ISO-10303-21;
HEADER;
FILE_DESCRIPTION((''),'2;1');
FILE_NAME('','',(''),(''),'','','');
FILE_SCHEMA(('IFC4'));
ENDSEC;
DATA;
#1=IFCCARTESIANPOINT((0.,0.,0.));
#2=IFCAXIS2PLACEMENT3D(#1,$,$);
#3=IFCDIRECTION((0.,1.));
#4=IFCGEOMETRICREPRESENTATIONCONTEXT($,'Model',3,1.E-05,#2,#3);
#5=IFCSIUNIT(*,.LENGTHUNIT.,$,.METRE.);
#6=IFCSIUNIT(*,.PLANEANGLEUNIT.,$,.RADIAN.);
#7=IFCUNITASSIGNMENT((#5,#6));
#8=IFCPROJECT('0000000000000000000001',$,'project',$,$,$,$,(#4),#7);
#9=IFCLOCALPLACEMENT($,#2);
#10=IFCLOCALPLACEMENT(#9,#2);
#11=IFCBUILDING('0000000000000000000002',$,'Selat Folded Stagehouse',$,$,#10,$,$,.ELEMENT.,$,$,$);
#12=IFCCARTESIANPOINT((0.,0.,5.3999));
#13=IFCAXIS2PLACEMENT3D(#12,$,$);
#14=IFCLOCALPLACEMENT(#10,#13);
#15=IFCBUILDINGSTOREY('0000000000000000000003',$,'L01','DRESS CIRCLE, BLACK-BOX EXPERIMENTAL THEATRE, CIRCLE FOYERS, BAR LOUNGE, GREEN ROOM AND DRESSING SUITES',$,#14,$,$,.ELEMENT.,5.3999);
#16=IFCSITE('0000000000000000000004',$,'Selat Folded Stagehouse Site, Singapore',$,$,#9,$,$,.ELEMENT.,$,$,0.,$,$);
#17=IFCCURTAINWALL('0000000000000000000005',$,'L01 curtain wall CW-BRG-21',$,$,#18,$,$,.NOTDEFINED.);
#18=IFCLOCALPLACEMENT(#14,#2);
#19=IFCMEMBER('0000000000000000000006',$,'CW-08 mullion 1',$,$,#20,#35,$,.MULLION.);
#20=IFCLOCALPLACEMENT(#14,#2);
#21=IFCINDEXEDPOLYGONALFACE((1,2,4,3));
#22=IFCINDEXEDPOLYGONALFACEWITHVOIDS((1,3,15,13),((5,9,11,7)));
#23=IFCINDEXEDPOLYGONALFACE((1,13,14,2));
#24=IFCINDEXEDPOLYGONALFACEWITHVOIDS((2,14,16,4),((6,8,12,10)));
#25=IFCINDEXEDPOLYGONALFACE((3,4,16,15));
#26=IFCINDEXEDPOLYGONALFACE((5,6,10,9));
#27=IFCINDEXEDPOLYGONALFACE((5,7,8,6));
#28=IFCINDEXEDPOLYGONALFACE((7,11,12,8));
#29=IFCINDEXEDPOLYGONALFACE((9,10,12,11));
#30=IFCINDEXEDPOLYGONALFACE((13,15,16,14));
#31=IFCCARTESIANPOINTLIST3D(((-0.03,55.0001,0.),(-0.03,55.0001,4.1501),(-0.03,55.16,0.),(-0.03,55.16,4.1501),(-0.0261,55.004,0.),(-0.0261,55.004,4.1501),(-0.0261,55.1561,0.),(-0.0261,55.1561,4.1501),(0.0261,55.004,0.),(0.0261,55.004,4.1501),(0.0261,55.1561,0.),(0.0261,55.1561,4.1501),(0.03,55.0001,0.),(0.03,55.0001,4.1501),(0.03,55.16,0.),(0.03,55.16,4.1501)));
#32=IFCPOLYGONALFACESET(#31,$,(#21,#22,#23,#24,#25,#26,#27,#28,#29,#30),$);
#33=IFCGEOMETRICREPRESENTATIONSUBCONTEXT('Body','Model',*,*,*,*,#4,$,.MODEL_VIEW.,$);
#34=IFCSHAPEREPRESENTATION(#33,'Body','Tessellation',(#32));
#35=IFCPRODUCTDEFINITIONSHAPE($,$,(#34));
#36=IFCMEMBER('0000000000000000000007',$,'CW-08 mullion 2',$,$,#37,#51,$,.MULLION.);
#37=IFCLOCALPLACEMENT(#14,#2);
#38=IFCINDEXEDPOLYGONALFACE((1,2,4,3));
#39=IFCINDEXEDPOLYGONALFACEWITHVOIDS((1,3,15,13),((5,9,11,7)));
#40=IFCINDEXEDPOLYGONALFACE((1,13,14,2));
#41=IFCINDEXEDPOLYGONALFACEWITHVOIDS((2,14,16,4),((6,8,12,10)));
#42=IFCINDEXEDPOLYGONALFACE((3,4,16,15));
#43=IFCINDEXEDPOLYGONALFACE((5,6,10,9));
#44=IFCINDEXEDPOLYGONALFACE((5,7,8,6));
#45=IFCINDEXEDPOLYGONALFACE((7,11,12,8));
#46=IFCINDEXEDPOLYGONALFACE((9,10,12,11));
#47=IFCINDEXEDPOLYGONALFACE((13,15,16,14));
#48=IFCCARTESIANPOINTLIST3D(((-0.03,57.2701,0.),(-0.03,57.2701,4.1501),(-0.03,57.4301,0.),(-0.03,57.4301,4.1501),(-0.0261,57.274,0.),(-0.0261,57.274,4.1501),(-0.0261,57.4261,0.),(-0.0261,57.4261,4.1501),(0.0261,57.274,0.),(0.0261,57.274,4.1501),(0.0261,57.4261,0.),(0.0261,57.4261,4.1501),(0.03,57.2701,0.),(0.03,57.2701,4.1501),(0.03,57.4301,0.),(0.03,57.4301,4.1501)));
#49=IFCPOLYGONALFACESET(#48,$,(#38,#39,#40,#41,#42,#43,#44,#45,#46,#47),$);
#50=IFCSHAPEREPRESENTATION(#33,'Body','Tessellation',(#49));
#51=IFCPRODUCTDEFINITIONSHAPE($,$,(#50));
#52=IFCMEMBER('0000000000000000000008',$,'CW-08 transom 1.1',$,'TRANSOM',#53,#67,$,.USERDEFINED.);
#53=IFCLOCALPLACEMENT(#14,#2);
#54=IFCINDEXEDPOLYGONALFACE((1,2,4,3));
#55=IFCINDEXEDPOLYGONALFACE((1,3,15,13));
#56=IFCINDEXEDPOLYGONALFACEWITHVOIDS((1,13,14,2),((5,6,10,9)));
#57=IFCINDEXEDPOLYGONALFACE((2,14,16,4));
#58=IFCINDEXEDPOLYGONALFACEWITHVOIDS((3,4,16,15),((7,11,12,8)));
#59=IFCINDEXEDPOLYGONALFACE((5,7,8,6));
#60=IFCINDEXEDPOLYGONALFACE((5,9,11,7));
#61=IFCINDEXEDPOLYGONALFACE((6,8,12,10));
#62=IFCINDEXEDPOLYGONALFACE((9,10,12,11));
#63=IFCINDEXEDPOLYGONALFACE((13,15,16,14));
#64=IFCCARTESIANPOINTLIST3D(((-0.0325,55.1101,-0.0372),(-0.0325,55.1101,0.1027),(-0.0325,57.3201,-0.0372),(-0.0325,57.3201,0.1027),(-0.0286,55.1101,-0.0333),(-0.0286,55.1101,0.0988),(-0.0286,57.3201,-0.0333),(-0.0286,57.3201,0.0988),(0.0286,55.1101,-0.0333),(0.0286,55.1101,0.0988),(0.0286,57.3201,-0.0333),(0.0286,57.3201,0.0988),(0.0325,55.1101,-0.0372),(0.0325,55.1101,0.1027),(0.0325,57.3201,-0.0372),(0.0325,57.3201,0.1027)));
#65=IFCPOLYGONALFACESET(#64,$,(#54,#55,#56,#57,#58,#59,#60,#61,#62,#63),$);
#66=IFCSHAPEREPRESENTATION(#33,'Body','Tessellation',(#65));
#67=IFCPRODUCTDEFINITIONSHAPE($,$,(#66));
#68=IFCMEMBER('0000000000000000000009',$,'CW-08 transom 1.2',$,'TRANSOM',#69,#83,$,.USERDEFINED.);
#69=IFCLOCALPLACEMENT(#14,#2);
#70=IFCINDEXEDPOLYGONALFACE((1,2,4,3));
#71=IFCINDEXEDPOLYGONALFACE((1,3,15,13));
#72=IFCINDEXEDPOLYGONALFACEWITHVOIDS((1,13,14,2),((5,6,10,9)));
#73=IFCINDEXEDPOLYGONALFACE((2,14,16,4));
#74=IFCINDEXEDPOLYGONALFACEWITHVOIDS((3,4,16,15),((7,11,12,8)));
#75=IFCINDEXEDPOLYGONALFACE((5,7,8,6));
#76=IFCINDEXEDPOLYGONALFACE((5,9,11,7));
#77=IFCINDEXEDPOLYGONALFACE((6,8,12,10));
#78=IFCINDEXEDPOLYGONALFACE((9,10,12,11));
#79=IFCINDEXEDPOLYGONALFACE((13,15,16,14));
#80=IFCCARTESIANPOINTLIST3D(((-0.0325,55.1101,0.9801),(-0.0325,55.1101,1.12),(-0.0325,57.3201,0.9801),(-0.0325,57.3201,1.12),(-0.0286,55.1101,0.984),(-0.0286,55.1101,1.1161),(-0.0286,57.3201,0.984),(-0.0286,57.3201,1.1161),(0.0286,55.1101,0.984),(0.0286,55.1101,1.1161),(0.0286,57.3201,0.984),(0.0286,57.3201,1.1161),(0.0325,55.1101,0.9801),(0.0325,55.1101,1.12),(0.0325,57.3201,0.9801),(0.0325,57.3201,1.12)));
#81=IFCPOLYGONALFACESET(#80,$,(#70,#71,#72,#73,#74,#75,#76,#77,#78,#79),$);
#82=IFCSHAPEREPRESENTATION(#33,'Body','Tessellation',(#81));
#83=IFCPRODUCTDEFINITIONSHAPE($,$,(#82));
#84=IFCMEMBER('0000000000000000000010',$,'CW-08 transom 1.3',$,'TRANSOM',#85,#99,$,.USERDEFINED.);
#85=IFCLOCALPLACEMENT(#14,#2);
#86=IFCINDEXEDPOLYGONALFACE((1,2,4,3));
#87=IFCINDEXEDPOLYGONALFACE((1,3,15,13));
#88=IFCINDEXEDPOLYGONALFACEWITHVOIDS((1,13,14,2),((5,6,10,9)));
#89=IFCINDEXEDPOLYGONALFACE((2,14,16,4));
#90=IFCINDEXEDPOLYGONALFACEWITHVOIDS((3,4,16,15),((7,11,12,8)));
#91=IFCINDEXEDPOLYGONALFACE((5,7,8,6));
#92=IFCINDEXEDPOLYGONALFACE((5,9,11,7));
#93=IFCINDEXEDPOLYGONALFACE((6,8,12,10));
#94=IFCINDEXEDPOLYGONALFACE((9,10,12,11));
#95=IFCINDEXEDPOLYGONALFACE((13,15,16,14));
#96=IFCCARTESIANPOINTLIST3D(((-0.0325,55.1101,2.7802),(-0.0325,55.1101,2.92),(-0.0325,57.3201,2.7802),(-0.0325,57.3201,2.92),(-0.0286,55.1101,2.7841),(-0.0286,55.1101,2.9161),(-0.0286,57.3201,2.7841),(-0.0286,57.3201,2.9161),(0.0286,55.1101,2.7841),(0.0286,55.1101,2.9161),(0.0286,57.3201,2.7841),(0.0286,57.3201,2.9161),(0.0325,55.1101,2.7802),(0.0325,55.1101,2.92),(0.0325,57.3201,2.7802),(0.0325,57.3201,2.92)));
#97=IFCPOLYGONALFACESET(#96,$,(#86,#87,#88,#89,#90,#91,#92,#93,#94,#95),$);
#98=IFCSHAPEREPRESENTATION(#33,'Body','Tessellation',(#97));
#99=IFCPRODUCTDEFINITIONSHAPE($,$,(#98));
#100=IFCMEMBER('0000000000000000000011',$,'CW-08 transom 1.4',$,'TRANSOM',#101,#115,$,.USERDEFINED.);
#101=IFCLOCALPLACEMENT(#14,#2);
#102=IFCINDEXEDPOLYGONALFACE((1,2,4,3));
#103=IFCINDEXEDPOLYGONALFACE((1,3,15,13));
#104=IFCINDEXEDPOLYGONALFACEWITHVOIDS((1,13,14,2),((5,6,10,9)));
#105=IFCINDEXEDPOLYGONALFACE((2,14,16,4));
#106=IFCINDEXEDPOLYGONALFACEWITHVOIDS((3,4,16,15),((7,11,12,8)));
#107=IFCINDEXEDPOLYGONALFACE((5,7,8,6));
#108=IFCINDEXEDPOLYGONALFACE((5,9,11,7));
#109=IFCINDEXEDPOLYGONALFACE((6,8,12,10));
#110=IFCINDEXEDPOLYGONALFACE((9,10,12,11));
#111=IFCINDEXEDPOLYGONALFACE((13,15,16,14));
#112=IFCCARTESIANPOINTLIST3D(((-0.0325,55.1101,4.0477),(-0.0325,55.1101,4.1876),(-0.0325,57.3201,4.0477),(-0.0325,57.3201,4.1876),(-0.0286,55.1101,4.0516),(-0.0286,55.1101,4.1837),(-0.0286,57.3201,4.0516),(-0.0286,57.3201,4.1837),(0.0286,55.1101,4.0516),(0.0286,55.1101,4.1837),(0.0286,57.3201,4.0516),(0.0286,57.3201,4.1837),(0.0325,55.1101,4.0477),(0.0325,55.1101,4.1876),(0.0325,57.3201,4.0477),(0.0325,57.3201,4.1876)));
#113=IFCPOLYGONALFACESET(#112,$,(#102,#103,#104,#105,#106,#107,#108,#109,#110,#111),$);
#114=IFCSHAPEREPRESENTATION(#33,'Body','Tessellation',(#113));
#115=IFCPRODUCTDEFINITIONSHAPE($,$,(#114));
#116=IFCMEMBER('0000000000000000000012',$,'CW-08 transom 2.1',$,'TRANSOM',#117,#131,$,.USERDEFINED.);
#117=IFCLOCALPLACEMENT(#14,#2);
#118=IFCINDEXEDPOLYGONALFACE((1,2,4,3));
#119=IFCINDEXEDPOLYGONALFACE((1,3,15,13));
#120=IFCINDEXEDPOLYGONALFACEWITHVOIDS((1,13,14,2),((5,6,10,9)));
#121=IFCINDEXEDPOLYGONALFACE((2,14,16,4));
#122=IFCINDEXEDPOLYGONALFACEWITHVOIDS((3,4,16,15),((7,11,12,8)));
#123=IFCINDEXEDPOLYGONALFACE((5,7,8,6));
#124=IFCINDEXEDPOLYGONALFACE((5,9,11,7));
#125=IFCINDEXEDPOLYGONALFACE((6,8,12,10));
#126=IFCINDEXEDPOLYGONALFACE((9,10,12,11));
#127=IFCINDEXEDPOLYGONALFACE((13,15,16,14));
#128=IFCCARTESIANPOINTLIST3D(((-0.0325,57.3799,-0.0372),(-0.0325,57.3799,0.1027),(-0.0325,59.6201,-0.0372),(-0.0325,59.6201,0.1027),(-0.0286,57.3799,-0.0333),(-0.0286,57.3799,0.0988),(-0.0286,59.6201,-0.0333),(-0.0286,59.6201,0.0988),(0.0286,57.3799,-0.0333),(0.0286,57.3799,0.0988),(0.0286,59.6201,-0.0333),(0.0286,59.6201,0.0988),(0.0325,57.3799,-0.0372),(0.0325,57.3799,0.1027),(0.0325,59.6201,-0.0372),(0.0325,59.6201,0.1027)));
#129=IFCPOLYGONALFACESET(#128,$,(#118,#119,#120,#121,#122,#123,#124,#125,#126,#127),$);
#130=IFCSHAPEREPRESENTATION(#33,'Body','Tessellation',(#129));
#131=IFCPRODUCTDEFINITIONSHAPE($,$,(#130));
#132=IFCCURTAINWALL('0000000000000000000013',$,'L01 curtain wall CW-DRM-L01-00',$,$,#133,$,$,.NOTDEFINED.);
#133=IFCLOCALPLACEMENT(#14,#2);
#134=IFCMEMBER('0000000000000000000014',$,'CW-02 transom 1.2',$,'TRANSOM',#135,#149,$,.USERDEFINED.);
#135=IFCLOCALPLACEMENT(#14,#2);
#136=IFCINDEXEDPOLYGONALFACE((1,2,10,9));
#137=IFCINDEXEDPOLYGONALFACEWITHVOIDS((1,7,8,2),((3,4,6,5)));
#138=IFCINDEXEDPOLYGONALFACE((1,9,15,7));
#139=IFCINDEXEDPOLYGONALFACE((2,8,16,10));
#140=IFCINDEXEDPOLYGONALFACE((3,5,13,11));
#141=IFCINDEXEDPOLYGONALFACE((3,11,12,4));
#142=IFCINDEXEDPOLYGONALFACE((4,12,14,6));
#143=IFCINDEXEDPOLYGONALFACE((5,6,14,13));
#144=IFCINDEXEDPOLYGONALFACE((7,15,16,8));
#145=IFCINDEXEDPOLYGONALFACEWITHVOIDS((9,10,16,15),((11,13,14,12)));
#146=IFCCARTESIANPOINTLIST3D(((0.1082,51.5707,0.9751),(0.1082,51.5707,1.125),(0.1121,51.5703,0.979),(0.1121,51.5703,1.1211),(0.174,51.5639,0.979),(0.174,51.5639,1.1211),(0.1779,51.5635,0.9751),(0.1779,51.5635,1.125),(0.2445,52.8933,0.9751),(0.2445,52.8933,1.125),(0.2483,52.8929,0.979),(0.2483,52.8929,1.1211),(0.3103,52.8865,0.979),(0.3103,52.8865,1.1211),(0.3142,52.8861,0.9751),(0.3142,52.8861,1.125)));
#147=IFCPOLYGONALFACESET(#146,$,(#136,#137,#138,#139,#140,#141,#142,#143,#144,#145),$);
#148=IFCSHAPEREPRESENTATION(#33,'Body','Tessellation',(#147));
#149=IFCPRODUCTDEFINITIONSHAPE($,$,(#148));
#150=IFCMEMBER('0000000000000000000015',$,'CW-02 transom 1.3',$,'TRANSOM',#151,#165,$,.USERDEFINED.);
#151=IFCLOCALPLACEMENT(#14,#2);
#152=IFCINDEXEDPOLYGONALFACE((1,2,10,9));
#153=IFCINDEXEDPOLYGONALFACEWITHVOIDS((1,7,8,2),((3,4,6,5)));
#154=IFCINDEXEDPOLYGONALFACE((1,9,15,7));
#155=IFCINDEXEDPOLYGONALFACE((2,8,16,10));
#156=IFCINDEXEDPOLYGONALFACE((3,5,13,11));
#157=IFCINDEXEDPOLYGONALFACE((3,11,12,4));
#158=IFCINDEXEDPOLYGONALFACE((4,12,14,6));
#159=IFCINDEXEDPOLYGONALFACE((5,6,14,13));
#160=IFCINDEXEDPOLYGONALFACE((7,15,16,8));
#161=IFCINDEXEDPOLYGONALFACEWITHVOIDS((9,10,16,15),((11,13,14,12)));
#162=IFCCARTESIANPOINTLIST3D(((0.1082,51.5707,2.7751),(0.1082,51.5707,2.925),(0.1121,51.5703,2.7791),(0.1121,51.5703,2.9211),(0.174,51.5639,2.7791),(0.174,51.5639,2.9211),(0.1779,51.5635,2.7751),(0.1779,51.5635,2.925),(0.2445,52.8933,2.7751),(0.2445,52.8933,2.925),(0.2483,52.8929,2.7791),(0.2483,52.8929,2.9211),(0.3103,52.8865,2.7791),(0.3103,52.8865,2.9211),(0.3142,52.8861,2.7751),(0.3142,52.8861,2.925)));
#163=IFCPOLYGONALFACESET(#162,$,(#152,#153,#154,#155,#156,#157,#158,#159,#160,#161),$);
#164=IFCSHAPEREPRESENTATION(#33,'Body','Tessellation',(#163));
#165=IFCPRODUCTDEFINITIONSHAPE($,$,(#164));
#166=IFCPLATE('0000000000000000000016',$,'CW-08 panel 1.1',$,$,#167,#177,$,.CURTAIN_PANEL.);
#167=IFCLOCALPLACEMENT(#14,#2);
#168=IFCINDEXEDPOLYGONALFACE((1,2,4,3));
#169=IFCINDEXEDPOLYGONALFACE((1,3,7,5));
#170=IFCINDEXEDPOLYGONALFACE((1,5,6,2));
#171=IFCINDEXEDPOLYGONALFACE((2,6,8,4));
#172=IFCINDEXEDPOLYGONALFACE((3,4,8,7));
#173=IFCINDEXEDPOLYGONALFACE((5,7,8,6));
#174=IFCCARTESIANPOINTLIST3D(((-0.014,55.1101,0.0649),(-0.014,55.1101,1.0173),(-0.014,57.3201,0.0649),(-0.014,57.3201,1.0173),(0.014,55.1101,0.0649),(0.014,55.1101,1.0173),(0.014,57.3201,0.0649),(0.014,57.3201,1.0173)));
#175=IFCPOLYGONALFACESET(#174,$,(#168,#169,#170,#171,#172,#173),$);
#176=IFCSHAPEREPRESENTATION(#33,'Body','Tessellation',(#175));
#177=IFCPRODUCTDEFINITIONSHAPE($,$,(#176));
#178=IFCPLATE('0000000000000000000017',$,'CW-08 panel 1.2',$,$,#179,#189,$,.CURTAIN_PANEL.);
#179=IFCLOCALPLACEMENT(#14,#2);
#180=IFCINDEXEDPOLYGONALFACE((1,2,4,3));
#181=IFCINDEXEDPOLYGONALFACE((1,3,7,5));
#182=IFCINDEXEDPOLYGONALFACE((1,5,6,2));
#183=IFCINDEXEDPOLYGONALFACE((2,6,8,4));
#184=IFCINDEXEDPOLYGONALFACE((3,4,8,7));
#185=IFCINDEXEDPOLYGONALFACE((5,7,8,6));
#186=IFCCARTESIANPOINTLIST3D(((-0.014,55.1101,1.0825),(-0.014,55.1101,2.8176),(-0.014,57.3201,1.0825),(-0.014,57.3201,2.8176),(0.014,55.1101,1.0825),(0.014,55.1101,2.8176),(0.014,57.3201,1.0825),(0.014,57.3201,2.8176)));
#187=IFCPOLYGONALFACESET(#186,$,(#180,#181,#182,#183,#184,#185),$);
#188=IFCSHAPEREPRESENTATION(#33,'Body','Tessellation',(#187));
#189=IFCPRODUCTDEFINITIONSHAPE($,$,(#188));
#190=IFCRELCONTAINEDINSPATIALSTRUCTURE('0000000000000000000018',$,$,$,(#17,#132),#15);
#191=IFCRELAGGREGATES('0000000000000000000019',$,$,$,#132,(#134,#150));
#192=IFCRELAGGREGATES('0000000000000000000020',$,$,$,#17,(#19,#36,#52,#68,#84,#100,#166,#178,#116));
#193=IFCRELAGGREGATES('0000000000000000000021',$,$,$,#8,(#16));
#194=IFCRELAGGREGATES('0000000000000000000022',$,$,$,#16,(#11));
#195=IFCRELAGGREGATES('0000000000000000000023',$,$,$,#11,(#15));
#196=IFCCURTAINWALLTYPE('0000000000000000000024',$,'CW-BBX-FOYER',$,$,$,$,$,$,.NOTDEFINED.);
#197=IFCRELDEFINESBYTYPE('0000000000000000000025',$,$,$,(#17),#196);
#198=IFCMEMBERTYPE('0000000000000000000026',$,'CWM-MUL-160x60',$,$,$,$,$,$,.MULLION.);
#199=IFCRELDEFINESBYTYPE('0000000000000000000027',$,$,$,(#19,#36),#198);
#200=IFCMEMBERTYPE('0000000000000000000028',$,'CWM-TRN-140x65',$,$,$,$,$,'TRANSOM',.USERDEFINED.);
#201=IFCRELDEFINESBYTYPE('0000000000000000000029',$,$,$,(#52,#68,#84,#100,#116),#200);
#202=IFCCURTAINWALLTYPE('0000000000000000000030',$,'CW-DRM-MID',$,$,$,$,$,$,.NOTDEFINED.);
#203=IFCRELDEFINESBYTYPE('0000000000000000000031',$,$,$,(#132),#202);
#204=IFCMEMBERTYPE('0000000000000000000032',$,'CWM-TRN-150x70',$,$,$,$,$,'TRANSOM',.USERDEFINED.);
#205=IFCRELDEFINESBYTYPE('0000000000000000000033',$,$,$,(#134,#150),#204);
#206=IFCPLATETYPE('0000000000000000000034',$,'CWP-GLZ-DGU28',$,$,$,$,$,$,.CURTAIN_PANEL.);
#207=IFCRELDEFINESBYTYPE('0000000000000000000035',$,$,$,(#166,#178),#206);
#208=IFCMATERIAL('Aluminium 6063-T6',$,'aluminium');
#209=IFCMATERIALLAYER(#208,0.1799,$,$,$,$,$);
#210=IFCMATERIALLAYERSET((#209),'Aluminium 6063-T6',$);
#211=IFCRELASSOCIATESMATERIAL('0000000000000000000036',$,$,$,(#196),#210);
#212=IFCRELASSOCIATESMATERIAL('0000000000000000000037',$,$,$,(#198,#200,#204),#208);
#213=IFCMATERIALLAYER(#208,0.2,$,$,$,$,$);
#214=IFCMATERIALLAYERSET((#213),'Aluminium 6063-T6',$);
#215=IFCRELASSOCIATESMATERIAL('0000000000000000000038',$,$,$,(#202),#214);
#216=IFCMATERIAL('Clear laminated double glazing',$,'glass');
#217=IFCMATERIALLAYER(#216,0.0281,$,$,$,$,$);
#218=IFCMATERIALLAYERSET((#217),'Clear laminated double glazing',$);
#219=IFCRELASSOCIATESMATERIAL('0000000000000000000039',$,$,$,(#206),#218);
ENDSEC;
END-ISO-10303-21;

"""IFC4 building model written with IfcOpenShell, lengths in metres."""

from ifc_helpers import new_model, si_unit, direction, frame, origin, origin_2d, place, context, subcontext, project, spatial, rectangle, hollow_rectangle, extrude, material, layer, layer_set, material_profile, profile_set, type_object, element, aggregate, save


model = new_model("IFC4")

# Units and contexts
model_context = context("Model", 3, precision=1e-05, world=origin(), true_north=direction((0.0, 1.0)))
body_context = subcontext(model_context, "Body", "Model", "MODEL_VIEW")
ifc_project = project(units=[si_unit("LENGTHUNIT", "METRE"), si_unit("PLANEANGLEUNIT", "RADIAN")], contexts=[model_context])

# Site, building, storey
site_placement = place(None, origin())
site = spatial("IfcSite", under=ifc_project, at=site_placement, Name="Selat Folded Stagehouse Site, Singapore", CompositionType="ELEMENT", RefElevation=0.0)
building_placement = place(site_placement, origin())
building = spatial("IfcBuilding", under=site, at=building_placement, Name="Selat Folded Stagehouse", CompositionType="ELEMENT")
storey_placement = place(building_placement, frame((0.0, 0.0, 5.3999)))
storey = spatial("IfcBuildingStorey", under=building, at=storey_placement, Name="L01", Description="DRESS CIRCLE, BLACK-BOX EXPERIMENTAL THEATRE, CIRCLE FOYERS, BAR LOUNGE, GREEN ROOM AND DRESSING SUITES", CompositionType="ELEMENT", Elevation=5.3999)

# Curtain walls, members
ifc_material_1 = material(Name="Aluminium 6063-T6", Category="aluminium")
ifc_layer_1 = layer(ifc_material_1, 0.1799)
ifc_layer_set_1 = layer_set([ifc_layer_1], Name="Aluminium 6063-T6")
curtain_wall_type_1 = type_object("IfcCurtainWallType", Name="CW-BBX-FOYER", PredefinedType="NOTDEFINED", material=ifc_layer_set_1)
curtain_wall_1_placement = place(storey_placement, origin())
curtain_wall_1 = element("IfcCurtainWall", 1, at=curtain_wall_1_placement, inside=storey, type_object=curtain_wall_type_1, Name="L01 curtain wall CW-BRG-21", PredefinedType="NOTDEFINED")
ifc_material_profile_1 = material_profile(ifc_material_1, hollow_rectangle(XDim=0.0601, YDim=0.1599, WallThickness=0.0039, at=origin_2d()), Name="ALU 160x60x4.0")
ifc_profile_set_1 = profile_set([ifc_material_profile_1], Name="Aluminium 6063-T6")
member_type_1 = type_object("IfcMemberType", Name="CWM-MUL-160x60", PredefinedType="MULLION", material=ifc_profile_set_1)
member_1_placement = place(storey_placement, frame((0.0, 55.0801, 0.0), z_axis=(0.0, 0.0, 1.0), x_axis=(-1.0, 0.0, 0.0)))
member_1 = element("IfcMember", 2, at=member_1_placement, type_object=member_type_1, Name="CW-08 mullion 1", PredefinedType="MULLION", context=body_context, shape_type="SweptSolid", body=[
    extrude(hollow_rectangle(XDim=0.0601, YDim=0.1599, WallThickness=0.0039, at=origin_2d()), origin(), (0.0, 0.0, 1.0), 4.1501),
])
member_2_placement = place(storey_placement, frame((0.0, 57.3501, 0.0), z_axis=(0.0, 0.0, 1.0), x_axis=(-1.0, 0.0, 0.0)))
member_2 = element("IfcMember", 3, at=member_2_placement, type_object=member_type_1, Name="CW-08 mullion 2", PredefinedType="MULLION", context=body_context, shape_type="SweptSolid", body=[
    extrude(hollow_rectangle(XDim=0.0601, YDim=0.1599, WallThickness=0.0039, at=origin_2d()), origin(), (0.0, 0.0, 1.0), 4.1501),
])
ifc_material_profile_2 = material_profile(ifc_material_1, hollow_rectangle(XDim=0.0649, YDim=0.1399, WallThickness=0.0039, at=origin_2d()), Name="ALU 140x65x4.0")
ifc_profile_set_2 = profile_set([ifc_material_profile_2], Name="Aluminium 6063-T6")
member_type_2 = type_object("IfcMemberType", Name="CWM-TRN-140x65", ElementType="TRANSOM", PredefinedType="USERDEFINED", material=ifc_profile_set_2)
member_3_placement = place(storey_placement, frame((0.0, 55.1101, 0.0327), z_axis=(0.0, 1.0, 0.0), x_axis=(-1.0, 0.0, 0.0)))
member_3 = element("IfcMember", 4, at=member_3_placement, type_object=member_type_2, Name="CW-08 transom 1.1", ObjectType="TRANSOM", PredefinedType="USERDEFINED", context=body_context, shape_type="SweptSolid", body=[
    extrude(hollow_rectangle(XDim=0.0649, YDim=0.1399, WallThickness=0.0039, at=origin_2d()), origin(), (0.0, 0.0, 1.0), 2.21),
])
member_4_placement = place(storey_placement, frame((0.0, 55.1101, 1.05), z_axis=(0.0, 1.0, 0.0), x_axis=(-1.0, 0.0, 0.0)))
member_4 = element("IfcMember", 5, at=member_4_placement, type_object=member_type_2, Name="CW-08 transom 1.2", ObjectType="TRANSOM", PredefinedType="USERDEFINED", context=body_context, shape_type="SweptSolid", body=[
    extrude(hollow_rectangle(XDim=0.0649, YDim=0.1399, WallThickness=0.0039, at=origin_2d()), origin(), (0.0, 0.0, 1.0), 2.21),
])
member_5_placement = place(storey_placement, frame((0.0, 55.1101, 2.8501), z_axis=(0.0, 1.0, 0.0), x_axis=(-1.0, 0.0, 0.0)))
member_5 = element("IfcMember", 6, at=member_5_placement, type_object=member_type_2, Name="CW-08 transom 1.3", ObjectType="TRANSOM", PredefinedType="USERDEFINED", context=body_context, shape_type="SweptSolid", body=[
    extrude(hollow_rectangle(XDim=0.0649, YDim=0.1399, WallThickness=0.0039, at=origin_2d()), origin(), (0.0, 0.0, 1.0), 2.21),
])
member_6_placement = place(storey_placement, frame((0.0, 55.1101, 4.1177), z_axis=(0.0, 1.0, 0.0), x_axis=(-1.0, 0.0, 0.0)))
member_6 = element("IfcMember", 7, at=member_6_placement, type_object=member_type_2, Name="CW-08 transom 1.4", ObjectType="TRANSOM", PredefinedType="USERDEFINED", context=body_context, shape_type="SweptSolid", body=[
    extrude(hollow_rectangle(XDim=0.0649, YDim=0.1399, WallThickness=0.0039, at=origin_2d()), origin(), (0.0, 0.0, 1.0), 2.21),
])
member_7_placement = place(storey_placement, frame((0.0, 57.3799, 0.0327), z_axis=(0.0, 1.0, 0.0), x_axis=(-1.0, 0.0, 0.0)))
member_7 = element("IfcMember", 8, at=member_7_placement, type_object=member_type_2, Name="CW-08 transom 2.1", ObjectType="TRANSOM", PredefinedType="USERDEFINED", context=body_context, shape_type="SweptSolid", body=[
    extrude(hollow_rectangle(XDim=0.0649, YDim=0.1399, WallThickness=0.0039, at=origin_2d()), origin(), (0.0, 0.0, 1.0), 2.2402),
])
ifc_layer_2 = layer(ifc_material_1, 0.2)
ifc_layer_set_2 = layer_set([ifc_layer_2], Name="Aluminium 6063-T6")
curtain_wall_type_2 = type_object("IfcCurtainWallType", Name="CW-DRM-MID", PredefinedType="NOTDEFINED", material=ifc_layer_set_2)
curtain_wall_2_placement = place(storey_placement, origin())
curtain_wall_2 = element("IfcCurtainWall", 9, at=curtain_wall_2_placement, inside=storey, type_object=curtain_wall_type_2, Name="L01 curtain wall CW-DRM-L01-00", PredefinedType="NOTDEFINED")
ifc_material_profile_3 = material_profile(ifc_material_1, hollow_rectangle(XDim=0.0701, YDim=0.1499, WallThickness=0.0039, at=origin_2d()), Name="ALU 150x70x4.0")
ifc_profile_set_3 = profile_set([ifc_material_profile_3], Name="Aluminium 6063-T6")
member_type_3 = type_object("IfcMemberType", Name="CWM-TRN-150x70", ElementType="TRANSOM", PredefinedType="USERDEFINED", material=ifc_profile_set_3)
member_8_placement = place(storey_placement, frame((0.1431, 51.5671, 1.05), z_axis=(0.102467, 0.994736, 0.0), x_axis=(-0.994736, 0.102467, 0.0)))
member_8 = element("IfcMember", 10, at=member_8_placement, type_object=member_type_3, Name="CW-02 transom 1.2", ObjectType="TRANSOM", PredefinedType="USERDEFINED", context=body_context, shape_type="SweptSolid", body=[
    extrude(hollow_rectangle(XDim=0.0701, YDim=0.1499, WallThickness=0.0039, at=origin_2d()), origin(), (0.0, 0.0, 1.0), 1.3296),
])
member_9_placement = place(storey_placement, frame((0.1431, 51.5671, 2.8501), z_axis=(0.102467, 0.994736, 0.0), x_axis=(-0.994736, 0.102467, 0.0)))
member_9 = element("IfcMember", 11, at=member_9_placement, type_object=member_type_3, Name="CW-02 transom 1.3", ObjectType="TRANSOM", PredefinedType="USERDEFINED", context=body_context, shape_type="SweptSolid", body=[
    extrude(hollow_rectangle(XDim=0.0701, YDim=0.1499, WallThickness=0.0039, at=origin_2d()), origin(), (0.0, 0.0, 1.0), 1.3296),
])
aggregate(curtain_wall_2, [member_8, member_9])

# Plates
ifc_material_2 = material(Name="Clear laminated double glazing", Category="glass")
ifc_layer_3 = layer(ifc_material_2, 0.0281)
ifc_layer_set_3 = layer_set([ifc_layer_3], Name="Clear laminated double glazing")
plate_type = type_object("IfcPlateType", Name="CWP-GLZ-DGU28", PredefinedType="CURTAIN_PANEL", material=ifc_layer_set_3)
plate_1_placement = place(storey_placement, frame((0.0, 56.2151, 0.0649), z_axis=(0.0, 0.0, 1.0), x_axis=(0.0, 1.0, 0.0)))
plate_1 = element("IfcPlate", 12, at=plate_1_placement, type_object=plate_type, Name="CW-08 panel 1.1", PredefinedType="CURTAIN_PANEL", context=body_context, shape_type="SweptSolid", body=[
    extrude(rectangle(XDim=2.21, YDim=0.0281, at=origin_2d()), origin(), (0.0, 0.0, 1.0), 0.9524),
])
plate_2_placement = place(storey_placement, frame((0.0, 56.2151, 1.0825), z_axis=(0.0, 0.0, 1.0), x_axis=(0.0, 1.0, 0.0)))
plate_2 = element("IfcPlate", 13, at=plate_2_placement, type_object=plate_type, Name="CW-08 panel 1.2", PredefinedType="CURTAIN_PANEL", context=body_context, shape_type="SweptSolid", body=[
    extrude(rectangle(XDim=2.21, YDim=0.0281, at=origin_2d()), origin(), (0.0, 0.0, 1.0), 1.7351),
])
aggregate(curtain_wall_1, [member_1, member_2, member_3, member_4, member_5, member_6, plate_1, plate_2, member_7])

save(model, "model.ifc")
